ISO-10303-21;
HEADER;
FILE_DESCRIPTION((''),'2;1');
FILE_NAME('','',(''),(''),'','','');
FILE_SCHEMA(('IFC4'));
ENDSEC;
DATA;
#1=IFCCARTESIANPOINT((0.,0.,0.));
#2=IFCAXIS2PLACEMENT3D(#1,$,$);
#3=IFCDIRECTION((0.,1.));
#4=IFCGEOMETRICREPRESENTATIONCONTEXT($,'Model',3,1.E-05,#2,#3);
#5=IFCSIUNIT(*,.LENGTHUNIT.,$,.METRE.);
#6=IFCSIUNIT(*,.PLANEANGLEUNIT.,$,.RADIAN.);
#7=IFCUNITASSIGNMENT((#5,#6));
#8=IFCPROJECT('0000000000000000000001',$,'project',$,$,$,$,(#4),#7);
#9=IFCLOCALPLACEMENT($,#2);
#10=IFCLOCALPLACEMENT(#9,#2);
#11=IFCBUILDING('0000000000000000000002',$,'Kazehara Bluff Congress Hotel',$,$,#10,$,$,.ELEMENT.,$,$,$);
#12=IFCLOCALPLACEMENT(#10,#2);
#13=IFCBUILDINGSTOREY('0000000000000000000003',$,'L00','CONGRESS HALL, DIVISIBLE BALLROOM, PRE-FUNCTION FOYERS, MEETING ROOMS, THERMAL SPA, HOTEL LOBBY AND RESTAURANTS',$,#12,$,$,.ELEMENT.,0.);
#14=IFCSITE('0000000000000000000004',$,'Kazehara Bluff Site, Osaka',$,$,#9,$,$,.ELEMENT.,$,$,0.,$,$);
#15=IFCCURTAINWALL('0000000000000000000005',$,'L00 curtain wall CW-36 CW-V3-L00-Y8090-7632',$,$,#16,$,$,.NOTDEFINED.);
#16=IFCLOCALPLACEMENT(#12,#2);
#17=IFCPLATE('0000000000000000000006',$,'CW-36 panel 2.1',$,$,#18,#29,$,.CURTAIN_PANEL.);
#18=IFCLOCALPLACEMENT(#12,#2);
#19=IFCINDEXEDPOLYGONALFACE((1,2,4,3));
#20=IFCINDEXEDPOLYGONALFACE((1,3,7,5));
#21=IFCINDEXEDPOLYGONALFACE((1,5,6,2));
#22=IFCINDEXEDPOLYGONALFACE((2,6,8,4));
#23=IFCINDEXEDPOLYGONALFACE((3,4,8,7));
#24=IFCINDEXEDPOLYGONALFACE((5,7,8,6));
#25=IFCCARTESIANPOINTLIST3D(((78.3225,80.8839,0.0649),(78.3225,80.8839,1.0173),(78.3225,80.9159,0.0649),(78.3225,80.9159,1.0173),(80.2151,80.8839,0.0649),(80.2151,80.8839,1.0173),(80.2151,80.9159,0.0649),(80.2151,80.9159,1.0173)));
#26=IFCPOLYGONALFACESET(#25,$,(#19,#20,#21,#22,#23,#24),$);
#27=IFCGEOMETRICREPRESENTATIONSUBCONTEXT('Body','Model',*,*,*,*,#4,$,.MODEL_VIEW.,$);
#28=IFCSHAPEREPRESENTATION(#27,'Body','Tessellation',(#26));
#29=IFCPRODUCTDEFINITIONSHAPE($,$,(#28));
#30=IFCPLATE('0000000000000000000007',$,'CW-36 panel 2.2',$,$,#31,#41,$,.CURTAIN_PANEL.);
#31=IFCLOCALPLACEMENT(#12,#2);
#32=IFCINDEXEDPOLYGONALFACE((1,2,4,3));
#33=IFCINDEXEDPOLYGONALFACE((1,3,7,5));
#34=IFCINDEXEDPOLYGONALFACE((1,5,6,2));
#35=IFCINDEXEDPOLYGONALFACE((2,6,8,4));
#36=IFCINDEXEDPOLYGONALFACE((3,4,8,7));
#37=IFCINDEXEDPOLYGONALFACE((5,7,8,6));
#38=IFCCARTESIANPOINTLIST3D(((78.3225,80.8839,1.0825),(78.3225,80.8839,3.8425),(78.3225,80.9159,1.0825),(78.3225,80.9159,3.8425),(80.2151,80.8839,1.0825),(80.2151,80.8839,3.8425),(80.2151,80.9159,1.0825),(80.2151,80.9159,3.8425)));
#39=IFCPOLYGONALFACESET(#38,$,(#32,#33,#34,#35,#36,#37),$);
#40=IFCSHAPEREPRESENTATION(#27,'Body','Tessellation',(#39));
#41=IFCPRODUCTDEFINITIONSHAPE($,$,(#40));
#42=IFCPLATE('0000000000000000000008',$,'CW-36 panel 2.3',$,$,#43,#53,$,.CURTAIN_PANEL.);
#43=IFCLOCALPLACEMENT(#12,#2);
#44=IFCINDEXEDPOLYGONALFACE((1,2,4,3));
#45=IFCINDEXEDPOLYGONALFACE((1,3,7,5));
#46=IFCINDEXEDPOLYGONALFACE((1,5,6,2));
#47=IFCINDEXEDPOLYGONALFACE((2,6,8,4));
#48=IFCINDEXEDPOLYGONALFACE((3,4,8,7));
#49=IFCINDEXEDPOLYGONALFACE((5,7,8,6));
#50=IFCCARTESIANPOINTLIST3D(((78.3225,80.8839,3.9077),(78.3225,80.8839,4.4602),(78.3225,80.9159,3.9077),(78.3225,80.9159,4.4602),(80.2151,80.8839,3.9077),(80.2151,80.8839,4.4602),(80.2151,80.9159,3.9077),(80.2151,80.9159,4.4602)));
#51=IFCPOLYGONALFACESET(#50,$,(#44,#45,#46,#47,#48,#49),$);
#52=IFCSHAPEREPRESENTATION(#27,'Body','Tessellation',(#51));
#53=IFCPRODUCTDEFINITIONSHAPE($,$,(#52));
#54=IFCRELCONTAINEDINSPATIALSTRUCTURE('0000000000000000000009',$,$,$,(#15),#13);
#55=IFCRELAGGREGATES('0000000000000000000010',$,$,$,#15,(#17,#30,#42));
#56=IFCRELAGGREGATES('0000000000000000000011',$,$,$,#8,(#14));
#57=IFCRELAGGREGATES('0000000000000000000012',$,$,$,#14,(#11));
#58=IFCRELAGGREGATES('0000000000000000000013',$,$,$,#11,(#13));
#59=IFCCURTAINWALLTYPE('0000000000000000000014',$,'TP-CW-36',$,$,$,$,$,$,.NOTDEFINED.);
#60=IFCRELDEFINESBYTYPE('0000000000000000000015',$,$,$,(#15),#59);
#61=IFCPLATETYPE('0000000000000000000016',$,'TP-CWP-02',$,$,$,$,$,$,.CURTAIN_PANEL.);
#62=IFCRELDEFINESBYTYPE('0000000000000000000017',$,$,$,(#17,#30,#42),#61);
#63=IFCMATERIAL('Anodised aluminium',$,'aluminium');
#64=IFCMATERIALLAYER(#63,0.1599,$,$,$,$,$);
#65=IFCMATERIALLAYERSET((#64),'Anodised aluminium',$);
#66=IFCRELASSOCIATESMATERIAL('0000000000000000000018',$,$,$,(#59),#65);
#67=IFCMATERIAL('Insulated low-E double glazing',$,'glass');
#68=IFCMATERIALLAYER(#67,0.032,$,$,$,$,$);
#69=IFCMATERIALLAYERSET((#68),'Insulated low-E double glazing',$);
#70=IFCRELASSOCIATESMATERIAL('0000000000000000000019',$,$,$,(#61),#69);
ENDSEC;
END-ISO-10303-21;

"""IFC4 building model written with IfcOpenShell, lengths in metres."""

from ifc_helpers import new_model, si_unit, direction, frame, origin, origin_2d, place, context, subcontext, project, spatial, rectangle, extrude, material, layer, layer_set, type_object, element, aggregate, save


model = new_model("IFC4")

# Units and contexts
model_context = context("Model", 3, precision=1e-05, world=origin(), true_north=direction((0.0, 1.0)))
body_context = subcontext(model_context, "Body", "Model", "MODEL_VIEW")
ifc_project = project(units=[si_unit("LENGTHUNIT", "METRE"), si_unit("PLANEANGLEUNIT", "RADIAN")], contexts=[model_context])

# Site, building, storey
site_placement = place(None, origin())
site = spatial("IfcSite", under=ifc_project, at=site_placement, Name="Kazehara Bluff Site, Osaka", CompositionType="ELEMENT", RefElevation=0.0)
building_placement = place(site_placement, origin())
building = spatial("IfcBuilding", under=site, at=building_placement, Name="Kazehara Bluff Congress Hotel", CompositionType="ELEMENT")
storey_placement = place(building_placement, origin())
storey = spatial("IfcBuildingStorey", under=building, at=storey_placement, Name="L00", Description="CONGRESS HALL, DIVISIBLE BALLROOM, PRE-FUNCTION FOYERS, MEETING ROOMS, THERMAL SPA, HOTEL LOBBY AND RESTAURANTS", CompositionType="ELEMENT", Elevation=0.0)

# Shared definitions
ifc_material_1 = material(Name="Anodised aluminium", Category="aluminium")
ifc_layer_1 = layer(ifc_material_1, 0.1599)
ifc_layer_set_1 = layer_set([ifc_layer_1], Name="Anodised aluminium")
curtain_wall_type = type_object("IfcCurtainWallType", Name="TP-CW-36", PredefinedType="NOTDEFINED", material=ifc_layer_set_1)

# Curtain wall
curtain_wall_1_placement = place(storey_placement, origin())
curtain_wall_1 = element("IfcCurtainWall", 1, at=curtain_wall_1_placement, inside=storey, type_object=curtain_wall_type, Name="L00 curtain wall CW-36 CW-V3-L00-Y8090-7632", PredefinedType="NOTDEFINED")

# Plates
ifc_material_2 = material(Name="Insulated low-E double glazing", Category="glass")
ifc_layer_2 = layer(ifc_material_2, 0.032)
ifc_layer_set_2 = layer_set([ifc_layer_2], Name="Insulated low-E double glazing")
plate_type = type_object("IfcPlateType", Name="TP-CWP-02", PredefinedType="CURTAIN_PANEL", material=ifc_layer_set_2)
plate_1_placement = place(storey_placement, frame((79.2688, 80.8999, 0.0649), z_axis=(0.0, 0.0, 1.0), x_axis=(1.0, 0.0, 0.0)))
plate_1 = element("IfcPlate", 2, at=plate_1_placement, type_object=plate_type, Name="CW-36 panel 2.1", PredefinedType="CURTAIN_PANEL", context=body_context, shape_type="SweptSolid", body=[
    extrude(rectangle(XDim=1.8926, YDim=0.032, at=origin_2d()), origin(), (0.0, 0.0, 1.0), 0.9524),
])
plate_2_placement = place(storey_placement, frame((79.2688, 80.8999, 1.0825), z_axis=(0.0, 0.0, 1.0), x_axis=(1.0, 0.0, 0.0)))
plate_2 = element("IfcPlate", 3, at=plate_2_placement, type_object=plate_type, Name="CW-36 panel 2.2", PredefinedType="CURTAIN_PANEL", context=body_context, shape_type="SweptSolid", body=[
    extrude(rectangle(XDim=1.8926, YDim=0.032, at=origin_2d()), origin(), (0.0, 0.0, 1.0), 2.76),
])
plate_3_placement = place(storey_placement, frame((79.2688, 80.8999, 3.9077), z_axis=(0.0, 0.0, 1.0), x_axis=(1.0, 0.0, 0.0)))
plate_3 = element("IfcPlate", 4, at=plate_3_placement, type_object=plate_type, Name="CW-36 panel 2.3", PredefinedType="CURTAIN_PANEL", context=body_context, shape_type="SweptSolid", body=[
    extrude(rectangle(XDim=1.8926, YDim=0.032, at=origin_2d()), origin(), (0.0, 0.0, 1.0), 0.5525),
])
aggregate(curtain_wall_1, [plate_1, plate_2, plate_3])

save(model, "model.ifc")
